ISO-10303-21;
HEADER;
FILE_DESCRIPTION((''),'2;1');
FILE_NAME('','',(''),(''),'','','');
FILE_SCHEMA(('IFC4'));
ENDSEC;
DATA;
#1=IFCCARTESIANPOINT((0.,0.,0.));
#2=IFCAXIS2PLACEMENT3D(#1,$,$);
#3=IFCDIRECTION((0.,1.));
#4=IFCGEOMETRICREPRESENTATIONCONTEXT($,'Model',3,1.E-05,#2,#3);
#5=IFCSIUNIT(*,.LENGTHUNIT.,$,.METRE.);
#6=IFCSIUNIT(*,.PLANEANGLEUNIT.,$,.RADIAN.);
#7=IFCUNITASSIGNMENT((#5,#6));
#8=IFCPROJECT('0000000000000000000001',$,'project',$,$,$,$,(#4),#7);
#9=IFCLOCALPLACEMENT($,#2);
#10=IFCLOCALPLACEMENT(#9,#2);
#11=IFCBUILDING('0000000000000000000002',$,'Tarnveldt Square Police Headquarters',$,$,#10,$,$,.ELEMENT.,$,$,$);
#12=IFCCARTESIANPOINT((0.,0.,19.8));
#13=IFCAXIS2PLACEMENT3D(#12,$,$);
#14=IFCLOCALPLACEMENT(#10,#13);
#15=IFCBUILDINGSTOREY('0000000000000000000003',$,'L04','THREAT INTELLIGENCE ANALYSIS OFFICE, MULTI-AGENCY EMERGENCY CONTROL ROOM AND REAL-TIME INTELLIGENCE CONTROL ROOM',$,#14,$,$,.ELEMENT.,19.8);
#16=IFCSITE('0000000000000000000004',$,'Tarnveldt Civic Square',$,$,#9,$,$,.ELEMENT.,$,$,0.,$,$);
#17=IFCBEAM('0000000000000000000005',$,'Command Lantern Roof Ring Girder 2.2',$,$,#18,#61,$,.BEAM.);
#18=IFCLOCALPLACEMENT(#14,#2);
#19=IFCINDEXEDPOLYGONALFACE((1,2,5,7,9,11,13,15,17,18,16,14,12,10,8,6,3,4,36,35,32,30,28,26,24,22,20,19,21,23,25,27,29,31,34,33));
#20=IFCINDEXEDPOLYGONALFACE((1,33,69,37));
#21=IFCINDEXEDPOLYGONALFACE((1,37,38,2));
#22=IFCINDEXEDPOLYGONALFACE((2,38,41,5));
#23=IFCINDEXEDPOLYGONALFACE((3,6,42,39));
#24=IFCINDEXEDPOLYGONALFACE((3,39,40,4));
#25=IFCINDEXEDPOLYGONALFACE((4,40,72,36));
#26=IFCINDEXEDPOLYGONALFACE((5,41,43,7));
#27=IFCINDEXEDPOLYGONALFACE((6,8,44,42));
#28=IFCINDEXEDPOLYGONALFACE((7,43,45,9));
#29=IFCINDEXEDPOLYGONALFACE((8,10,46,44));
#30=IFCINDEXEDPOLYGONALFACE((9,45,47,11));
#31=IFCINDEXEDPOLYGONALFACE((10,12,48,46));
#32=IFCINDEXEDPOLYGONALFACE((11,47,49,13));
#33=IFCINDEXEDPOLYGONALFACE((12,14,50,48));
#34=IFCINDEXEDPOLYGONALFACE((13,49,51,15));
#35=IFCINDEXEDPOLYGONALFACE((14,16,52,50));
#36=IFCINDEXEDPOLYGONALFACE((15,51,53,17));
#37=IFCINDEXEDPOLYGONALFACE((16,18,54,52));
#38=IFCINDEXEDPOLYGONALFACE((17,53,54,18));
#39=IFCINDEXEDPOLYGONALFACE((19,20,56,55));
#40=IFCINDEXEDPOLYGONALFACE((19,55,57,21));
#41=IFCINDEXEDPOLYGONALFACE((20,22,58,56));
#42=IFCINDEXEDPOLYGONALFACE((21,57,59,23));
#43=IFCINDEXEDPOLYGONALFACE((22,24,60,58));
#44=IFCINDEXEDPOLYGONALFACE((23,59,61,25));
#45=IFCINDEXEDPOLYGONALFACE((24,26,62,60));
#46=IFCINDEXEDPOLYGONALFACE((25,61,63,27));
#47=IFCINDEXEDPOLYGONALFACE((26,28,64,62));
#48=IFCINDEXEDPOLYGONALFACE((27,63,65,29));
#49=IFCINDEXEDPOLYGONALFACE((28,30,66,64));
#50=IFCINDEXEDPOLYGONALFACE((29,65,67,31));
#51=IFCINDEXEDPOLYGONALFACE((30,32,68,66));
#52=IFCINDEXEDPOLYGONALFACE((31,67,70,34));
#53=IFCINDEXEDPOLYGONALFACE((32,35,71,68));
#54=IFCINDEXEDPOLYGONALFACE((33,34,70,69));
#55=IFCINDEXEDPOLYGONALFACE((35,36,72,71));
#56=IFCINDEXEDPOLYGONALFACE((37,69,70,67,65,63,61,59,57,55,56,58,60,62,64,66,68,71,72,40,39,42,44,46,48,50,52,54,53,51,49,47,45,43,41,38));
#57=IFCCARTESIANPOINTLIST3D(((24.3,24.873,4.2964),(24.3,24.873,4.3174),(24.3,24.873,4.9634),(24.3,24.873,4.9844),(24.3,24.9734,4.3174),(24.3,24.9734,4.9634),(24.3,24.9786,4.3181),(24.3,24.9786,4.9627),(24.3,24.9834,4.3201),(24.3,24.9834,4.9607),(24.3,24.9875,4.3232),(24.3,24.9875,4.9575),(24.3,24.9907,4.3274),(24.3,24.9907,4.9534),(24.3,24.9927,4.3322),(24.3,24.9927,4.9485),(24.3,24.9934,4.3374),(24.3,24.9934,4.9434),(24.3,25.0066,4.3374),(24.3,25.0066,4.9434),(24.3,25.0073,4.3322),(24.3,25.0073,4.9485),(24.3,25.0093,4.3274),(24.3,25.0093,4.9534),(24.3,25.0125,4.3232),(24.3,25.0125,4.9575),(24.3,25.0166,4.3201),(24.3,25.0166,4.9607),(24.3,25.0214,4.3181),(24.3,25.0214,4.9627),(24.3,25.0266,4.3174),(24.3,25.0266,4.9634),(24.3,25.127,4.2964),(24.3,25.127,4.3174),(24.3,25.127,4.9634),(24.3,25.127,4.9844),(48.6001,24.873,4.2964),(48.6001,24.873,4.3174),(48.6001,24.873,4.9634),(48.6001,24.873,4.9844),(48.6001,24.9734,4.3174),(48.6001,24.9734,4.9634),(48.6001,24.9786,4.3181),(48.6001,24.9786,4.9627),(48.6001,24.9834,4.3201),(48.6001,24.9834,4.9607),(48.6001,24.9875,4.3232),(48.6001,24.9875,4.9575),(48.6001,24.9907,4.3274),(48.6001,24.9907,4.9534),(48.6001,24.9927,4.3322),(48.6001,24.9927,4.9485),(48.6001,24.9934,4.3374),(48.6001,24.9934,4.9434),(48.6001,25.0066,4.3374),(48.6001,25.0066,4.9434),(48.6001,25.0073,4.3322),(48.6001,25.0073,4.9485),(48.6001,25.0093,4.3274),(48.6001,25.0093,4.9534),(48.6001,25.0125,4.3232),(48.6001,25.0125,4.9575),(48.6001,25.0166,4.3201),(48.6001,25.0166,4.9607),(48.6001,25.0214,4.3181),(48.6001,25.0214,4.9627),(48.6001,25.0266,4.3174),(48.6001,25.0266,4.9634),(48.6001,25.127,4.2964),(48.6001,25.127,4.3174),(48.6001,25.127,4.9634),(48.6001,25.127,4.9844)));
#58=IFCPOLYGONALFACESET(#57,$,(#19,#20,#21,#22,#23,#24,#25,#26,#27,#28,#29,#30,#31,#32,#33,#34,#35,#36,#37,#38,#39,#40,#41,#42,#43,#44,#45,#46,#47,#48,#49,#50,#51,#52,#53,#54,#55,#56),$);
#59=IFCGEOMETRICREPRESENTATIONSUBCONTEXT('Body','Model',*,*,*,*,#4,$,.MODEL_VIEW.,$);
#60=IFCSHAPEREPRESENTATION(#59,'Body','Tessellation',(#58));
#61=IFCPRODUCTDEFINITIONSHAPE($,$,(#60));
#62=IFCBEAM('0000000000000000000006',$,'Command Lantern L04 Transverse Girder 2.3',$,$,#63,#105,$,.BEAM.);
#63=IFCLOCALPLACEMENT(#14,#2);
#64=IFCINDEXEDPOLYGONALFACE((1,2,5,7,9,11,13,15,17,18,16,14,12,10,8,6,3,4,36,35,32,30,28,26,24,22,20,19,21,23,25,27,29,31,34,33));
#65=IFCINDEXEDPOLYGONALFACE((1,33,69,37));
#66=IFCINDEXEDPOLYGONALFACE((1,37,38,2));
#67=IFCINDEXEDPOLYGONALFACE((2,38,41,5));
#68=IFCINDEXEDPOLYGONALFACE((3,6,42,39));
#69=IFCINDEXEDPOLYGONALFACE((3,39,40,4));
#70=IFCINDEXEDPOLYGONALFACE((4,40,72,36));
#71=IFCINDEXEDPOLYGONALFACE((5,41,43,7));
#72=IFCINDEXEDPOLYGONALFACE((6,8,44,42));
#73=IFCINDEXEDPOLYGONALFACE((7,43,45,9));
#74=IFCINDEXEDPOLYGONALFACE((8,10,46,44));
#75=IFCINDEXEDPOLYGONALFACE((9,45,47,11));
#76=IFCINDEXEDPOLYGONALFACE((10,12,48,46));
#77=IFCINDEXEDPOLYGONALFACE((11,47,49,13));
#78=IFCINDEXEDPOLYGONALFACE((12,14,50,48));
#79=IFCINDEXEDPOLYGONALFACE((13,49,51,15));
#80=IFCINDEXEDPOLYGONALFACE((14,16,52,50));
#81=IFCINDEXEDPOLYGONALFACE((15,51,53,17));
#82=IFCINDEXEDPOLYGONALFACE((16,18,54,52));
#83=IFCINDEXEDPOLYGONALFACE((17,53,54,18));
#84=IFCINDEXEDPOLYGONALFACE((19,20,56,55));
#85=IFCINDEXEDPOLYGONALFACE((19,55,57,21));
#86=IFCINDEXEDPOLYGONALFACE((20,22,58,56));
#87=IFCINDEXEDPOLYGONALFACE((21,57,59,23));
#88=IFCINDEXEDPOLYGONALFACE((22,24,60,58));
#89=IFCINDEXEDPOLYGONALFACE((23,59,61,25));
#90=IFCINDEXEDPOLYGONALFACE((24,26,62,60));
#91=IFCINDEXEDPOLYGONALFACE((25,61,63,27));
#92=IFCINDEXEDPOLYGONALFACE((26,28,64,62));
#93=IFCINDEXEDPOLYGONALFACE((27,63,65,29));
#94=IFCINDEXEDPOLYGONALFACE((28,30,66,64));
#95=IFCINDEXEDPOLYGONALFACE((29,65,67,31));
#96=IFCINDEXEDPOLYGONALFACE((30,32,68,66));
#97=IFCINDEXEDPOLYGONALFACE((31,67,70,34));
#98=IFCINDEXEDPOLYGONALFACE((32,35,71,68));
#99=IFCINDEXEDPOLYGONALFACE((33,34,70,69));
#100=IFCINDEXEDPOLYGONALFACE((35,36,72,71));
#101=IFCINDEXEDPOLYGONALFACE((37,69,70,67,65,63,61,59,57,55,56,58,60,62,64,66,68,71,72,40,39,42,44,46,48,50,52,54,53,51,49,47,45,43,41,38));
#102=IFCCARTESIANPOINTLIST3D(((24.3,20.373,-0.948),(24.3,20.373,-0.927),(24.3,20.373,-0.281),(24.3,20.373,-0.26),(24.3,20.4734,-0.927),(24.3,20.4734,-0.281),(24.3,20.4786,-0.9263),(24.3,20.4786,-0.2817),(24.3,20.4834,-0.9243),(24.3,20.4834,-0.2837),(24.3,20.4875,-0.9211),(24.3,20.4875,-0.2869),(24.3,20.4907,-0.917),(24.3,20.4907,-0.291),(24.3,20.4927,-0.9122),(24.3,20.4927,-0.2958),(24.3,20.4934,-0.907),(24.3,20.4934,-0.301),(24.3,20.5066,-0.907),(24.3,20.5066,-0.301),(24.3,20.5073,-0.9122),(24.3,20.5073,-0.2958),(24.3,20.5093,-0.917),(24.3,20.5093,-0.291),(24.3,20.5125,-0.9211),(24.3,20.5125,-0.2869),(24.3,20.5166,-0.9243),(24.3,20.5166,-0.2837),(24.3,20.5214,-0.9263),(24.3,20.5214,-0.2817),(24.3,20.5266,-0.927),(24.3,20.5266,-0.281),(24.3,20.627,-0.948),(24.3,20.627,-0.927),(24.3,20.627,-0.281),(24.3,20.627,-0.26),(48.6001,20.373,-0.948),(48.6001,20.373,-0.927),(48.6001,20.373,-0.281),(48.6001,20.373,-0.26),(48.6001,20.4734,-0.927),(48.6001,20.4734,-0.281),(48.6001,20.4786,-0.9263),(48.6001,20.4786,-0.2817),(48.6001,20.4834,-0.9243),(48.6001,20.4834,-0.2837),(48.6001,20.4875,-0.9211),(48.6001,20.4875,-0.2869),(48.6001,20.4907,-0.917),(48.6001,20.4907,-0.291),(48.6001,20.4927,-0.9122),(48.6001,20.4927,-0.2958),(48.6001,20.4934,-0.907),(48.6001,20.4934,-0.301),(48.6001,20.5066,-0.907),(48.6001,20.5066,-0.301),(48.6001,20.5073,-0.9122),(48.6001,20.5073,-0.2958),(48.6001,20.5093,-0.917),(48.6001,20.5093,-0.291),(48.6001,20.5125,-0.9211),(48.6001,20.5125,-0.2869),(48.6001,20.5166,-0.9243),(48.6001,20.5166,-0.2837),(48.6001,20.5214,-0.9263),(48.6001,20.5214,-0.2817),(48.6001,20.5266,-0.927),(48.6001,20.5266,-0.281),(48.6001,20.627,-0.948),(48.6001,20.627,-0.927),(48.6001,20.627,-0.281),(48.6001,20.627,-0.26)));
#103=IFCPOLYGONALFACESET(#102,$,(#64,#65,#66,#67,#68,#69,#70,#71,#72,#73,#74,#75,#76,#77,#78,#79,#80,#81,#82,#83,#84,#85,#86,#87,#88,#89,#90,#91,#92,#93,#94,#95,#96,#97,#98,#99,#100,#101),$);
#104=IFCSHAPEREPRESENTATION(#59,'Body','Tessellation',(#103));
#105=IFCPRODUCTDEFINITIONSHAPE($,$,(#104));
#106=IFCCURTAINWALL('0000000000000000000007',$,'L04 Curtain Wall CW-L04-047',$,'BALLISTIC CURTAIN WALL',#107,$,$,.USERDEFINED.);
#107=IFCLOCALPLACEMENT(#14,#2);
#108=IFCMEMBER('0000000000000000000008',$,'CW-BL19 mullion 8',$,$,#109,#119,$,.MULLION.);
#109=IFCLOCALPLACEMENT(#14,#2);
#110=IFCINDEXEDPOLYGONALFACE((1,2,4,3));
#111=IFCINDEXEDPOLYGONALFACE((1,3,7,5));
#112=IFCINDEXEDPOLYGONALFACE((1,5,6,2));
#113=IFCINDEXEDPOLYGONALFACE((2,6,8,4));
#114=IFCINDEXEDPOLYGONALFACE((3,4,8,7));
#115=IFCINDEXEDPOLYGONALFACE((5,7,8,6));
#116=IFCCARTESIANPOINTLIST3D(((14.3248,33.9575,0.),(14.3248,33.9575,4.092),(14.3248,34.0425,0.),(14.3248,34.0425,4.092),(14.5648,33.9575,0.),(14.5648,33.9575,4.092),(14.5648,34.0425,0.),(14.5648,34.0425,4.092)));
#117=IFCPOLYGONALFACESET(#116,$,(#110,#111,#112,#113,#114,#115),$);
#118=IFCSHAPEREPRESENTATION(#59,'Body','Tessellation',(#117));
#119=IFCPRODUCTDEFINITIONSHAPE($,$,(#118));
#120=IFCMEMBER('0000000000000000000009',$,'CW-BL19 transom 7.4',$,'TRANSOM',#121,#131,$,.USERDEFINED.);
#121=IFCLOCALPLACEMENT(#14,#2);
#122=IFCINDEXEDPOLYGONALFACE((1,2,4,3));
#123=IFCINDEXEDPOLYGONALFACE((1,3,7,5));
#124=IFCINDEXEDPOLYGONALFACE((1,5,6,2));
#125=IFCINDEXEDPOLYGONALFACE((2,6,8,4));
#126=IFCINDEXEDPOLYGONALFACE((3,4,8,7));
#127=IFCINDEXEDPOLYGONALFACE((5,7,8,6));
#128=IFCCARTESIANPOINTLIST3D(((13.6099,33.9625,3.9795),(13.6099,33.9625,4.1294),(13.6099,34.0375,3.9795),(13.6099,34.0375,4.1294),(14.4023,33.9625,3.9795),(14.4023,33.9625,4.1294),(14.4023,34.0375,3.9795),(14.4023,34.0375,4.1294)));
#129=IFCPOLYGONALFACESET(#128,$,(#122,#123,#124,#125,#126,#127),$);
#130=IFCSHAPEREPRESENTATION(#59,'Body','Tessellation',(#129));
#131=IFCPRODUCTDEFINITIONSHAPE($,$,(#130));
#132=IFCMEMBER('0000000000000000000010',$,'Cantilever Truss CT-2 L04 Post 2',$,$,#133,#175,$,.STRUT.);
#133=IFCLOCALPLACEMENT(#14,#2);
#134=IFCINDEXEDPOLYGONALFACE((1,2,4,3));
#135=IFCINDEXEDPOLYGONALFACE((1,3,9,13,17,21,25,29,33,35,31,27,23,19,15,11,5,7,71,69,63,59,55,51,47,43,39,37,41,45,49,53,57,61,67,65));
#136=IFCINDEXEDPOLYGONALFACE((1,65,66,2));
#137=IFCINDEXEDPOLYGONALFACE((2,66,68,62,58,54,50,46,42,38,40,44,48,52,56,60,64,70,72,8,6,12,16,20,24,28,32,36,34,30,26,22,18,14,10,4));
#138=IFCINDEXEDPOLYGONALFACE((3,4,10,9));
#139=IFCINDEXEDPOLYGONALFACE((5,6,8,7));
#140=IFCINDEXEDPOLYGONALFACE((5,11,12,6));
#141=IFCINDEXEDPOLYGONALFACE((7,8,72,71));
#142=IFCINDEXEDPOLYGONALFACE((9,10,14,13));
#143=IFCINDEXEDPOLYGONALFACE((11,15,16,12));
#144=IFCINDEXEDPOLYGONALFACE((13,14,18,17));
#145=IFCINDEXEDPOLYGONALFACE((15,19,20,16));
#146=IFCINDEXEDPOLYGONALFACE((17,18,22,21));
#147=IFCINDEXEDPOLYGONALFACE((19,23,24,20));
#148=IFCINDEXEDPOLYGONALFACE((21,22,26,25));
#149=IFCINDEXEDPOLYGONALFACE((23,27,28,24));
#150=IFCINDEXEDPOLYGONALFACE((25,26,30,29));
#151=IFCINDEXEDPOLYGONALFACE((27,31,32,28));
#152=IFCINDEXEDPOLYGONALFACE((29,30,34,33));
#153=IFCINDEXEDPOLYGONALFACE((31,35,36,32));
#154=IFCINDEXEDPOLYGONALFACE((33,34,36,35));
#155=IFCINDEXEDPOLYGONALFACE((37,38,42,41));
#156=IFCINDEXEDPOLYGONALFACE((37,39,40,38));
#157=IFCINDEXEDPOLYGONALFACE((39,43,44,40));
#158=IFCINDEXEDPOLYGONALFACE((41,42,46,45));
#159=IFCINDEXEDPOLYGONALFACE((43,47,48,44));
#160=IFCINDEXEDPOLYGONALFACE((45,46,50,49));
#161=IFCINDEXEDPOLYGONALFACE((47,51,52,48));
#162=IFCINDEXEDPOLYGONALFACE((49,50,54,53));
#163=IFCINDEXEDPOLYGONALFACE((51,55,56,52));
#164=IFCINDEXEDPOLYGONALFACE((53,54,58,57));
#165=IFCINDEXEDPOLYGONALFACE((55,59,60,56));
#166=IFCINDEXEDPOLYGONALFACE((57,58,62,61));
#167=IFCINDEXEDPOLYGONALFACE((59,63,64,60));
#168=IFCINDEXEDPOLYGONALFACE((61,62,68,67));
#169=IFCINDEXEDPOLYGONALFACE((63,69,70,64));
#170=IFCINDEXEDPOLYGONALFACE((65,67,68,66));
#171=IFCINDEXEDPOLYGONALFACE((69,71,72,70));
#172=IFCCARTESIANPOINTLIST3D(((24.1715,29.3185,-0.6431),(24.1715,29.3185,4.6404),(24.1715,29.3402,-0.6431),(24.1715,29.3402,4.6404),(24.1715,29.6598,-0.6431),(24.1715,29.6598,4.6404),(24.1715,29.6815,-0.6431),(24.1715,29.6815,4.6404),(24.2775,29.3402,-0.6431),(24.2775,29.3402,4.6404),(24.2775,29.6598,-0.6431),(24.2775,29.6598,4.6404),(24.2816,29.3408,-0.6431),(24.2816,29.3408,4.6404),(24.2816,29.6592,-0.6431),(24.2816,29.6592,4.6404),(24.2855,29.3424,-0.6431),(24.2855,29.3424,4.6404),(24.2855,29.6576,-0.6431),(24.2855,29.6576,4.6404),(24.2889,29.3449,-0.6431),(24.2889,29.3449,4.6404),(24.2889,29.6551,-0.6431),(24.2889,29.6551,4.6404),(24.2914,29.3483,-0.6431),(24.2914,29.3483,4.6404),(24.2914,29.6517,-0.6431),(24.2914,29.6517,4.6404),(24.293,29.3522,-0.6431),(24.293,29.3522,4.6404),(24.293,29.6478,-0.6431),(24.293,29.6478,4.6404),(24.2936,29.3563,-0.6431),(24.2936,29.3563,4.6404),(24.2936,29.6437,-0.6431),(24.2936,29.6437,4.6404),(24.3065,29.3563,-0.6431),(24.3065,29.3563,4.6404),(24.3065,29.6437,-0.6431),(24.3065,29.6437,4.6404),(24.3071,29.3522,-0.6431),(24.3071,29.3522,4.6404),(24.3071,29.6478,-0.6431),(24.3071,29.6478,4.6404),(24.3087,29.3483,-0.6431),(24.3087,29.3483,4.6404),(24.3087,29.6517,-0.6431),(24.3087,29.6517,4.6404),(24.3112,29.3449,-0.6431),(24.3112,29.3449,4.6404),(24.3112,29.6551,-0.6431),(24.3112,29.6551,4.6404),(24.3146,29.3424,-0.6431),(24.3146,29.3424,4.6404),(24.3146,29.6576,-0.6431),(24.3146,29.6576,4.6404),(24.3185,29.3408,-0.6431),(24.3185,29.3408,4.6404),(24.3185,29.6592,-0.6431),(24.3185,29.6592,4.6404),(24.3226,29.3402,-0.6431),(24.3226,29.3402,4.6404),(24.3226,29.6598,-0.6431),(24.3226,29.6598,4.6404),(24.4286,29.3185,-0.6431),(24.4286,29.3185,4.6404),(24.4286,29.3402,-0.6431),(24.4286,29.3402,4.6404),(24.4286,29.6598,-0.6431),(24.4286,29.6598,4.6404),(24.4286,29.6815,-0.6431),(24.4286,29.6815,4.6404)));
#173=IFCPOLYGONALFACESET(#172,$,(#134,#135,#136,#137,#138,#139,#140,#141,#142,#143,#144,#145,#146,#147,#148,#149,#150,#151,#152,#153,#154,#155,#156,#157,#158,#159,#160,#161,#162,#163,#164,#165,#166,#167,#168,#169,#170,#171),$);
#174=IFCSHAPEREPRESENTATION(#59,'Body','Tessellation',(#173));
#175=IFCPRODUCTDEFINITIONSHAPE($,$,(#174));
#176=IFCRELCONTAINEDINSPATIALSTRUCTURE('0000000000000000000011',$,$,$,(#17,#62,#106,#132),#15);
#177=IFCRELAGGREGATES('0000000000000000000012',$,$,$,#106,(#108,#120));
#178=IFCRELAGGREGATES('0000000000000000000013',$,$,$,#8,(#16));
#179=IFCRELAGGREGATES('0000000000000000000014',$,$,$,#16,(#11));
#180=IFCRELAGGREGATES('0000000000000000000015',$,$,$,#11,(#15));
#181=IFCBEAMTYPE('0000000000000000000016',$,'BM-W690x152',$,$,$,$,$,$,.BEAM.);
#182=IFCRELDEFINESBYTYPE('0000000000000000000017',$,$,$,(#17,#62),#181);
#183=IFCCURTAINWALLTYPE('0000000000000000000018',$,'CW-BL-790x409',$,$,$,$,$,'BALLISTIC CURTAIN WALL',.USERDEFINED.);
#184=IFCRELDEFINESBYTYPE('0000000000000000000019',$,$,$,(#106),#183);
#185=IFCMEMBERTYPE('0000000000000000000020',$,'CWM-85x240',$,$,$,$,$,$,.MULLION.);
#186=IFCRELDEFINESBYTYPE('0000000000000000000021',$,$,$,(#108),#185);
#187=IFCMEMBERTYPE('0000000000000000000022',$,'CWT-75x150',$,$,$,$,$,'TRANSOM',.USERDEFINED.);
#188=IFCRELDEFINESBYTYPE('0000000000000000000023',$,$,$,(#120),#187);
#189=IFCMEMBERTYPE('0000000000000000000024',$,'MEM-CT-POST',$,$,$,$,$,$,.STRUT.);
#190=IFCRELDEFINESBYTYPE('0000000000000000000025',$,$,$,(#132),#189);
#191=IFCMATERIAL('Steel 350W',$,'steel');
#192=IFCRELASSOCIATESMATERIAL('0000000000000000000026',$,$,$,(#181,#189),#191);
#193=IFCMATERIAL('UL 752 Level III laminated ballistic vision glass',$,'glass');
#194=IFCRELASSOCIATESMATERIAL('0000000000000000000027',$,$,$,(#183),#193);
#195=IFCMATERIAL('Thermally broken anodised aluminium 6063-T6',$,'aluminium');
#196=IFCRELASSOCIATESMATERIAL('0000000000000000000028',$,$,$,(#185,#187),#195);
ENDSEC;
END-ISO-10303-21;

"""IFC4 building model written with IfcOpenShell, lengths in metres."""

from ifc_helpers import new_model, si_unit, direction, frame, origin, origin_2d, place, context, subcontext, project, spatial, rectangle, i_section, extrude, material, material_profile, profile_set, type_object, element, aggregate, save


model = new_model("IFC4")

# Units and contexts
model_context = context("Model", 3, precision=1e-05, world=origin(), true_north=direction((0.0, 1.0)))
body_context = subcontext(model_context, "Body", "Model", "MODEL_VIEW")
ifc_project = project(units=[si_unit("LENGTHUNIT", "METRE"), si_unit("PLANEANGLEUNIT", "RADIAN")], contexts=[model_context])

# Site, building, storey
site_placement = place(None, origin())
site = spatial("IfcSite", under=ifc_project, at=site_placement, Name="Tarnveldt Civic Square", CompositionType="ELEMENT", RefElevation=0.0)
building_placement = place(site_placement, origin())
building = spatial("IfcBuilding", under=site, at=building_placement, Name="Tarnveldt Square Police Headquarters", CompositionType="ELEMENT")
storey_placement = place(building_placement, frame((0.0, 0.0, 19.8)))
storey = spatial("IfcBuildingStorey", under=building, at=storey_placement, Name="L04", Description="THREAT INTELLIGENCE ANALYSIS OFFICE, MULTI-AGENCY EMERGENCY CONTROL ROOM AND REAL-TIME INTELLIGENCE CONTROL ROOM", CompositionType="ELEMENT", Elevation=19.8)

# Beams
ifc_material_1 = material(Name="Steel 350W", Category="steel")
ifc_material_profile_1 = material_profile(ifc_material_1, i_section(OverallWidth=0.2539, OverallDepth=0.688, WebThickness=0.0132, FlangeThickness=0.021, FilletRadius=0.02, at=origin_2d()), Name="W690x152")
ifc_profile_set_1 = profile_set([ifc_material_profile_1], Name="Steel 350W")
beam_type_1 = type_object("IfcBeamType", Name="BM-W690x152", PredefinedType="BEAM", material=ifc_profile_set_1)
for number, where, z_axis, x_axis, name in (
    (1, (24.3, 25.0, 4.6404), (1.0, 0.0, 0.0), (0.0, 1.0, 0.0), "Command Lantern Roof Ring Girder 2.2"),
    (2, (24.3, 20.5, -0.604), (1.0, 0.0, 0.0), (0.0, 1.0, 0.0), "Command Lantern L04 Transverse Girder 2.3"),
):
    element("IfcBeam", number, at=place(storey_placement, frame(where, z_axis=z_axis, x_axis=x_axis)), inside=storey, type_object=beam_type_1, Name=name, PredefinedType="BEAM", context=body_context, shape_type="SweptSolid", body=[
        extrude(i_section(OverallWidth=0.2539, OverallDepth=0.688, WebThickness=0.0132, FlangeThickness=0.021, FilletRadius=0.02, at=origin_2d()), origin(), (0.0, 0.0, 1.0), 24.3),
    ])

# Curtain wall, members
ifc_material_2 = material(Name="UL 752 Level III laminated ballistic vision glass", Category="glass")
curtain_wall_type = type_object("IfcCurtainWallType", Name="CW-BL-790x409", ElementType="BALLISTIC CURTAIN WALL", PredefinedType="USERDEFINED", material=ifc_material_2)
curtain_wall_placement = place(storey_placement, origin())
curtain_wall = element("IfcCurtainWall", 3, at=curtain_wall_placement, inside=storey, type_object=curtain_wall_type, Name="L04 Curtain Wall CW-L04-047", ObjectType="BALLISTIC CURTAIN WALL", PredefinedType="USERDEFINED")
ifc_material_3 = material(Name="Thermally broken anodised aluminium 6063-T6", Category="aluminium")
ifc_material_profile_2 = material_profile(ifc_material_3, rectangle(XDim=0.085, YDim=0.24, at=origin_2d()), Name="CW-M85x240")
ifc_profile_set_2 = profile_set([ifc_material_profile_2], Name="Thermally broken anodised aluminium 6063-T6")
member_type_1 = type_object("IfcMemberType", Name="CWM-85x240", PredefinedType="MULLION", material=ifc_profile_set_2)
member_1_placement = place(storey_placement, frame((14.4448, 34.0, 0.0), z_axis=(0.0, 0.0, 1.0), x_axis=(0.0, 1.0, 0.0)))
member_1 = element("IfcMember", 4, at=member_1_placement, type_object=member_type_1, Name="CW-BL19 mullion 8", PredefinedType="MULLION", context=body_context, shape_type="SweptSolid", body=[
    extrude(rectangle(XDim=0.085, YDim=0.24, at=origin_2d()), origin(), (0.0, 0.0, 1.0), 4.092),
])
ifc_material_profile_3 = material_profile(ifc_material_3, rectangle(XDim=0.075, YDim=0.1499, at=origin_2d()), Name="CW-T75x150")
ifc_profile_set_3 = profile_set([ifc_material_profile_3], Name="Thermally broken anodised aluminium 6063-T6")
member_type_2 = type_object("IfcMemberType", Name="CWT-75x150", ElementType="TRANSOM", PredefinedType="USERDEFINED", material=ifc_profile_set_3)
member_2_placement = place(storey_placement, frame((13.6099, 34.0, 4.0544), z_axis=(1.0, 0.0, 0.0), x_axis=(0.0, 1.0, 0.0)))
member_2 = element("IfcMember", 5, at=member_2_placement, type_object=member_type_2, Name="CW-BL19 transom 7.4", ObjectType="TRANSOM", PredefinedType="USERDEFINED", context=body_context, shape_type="SweptSolid", body=[
    extrude(rectangle(XDim=0.075, YDim=0.1499, at=origin_2d()), origin(), (0.0, 0.0, 1.0), 0.7925),
])

# Member
ifc_material_profile_4 = material_profile(ifc_material_1, i_section(OverallWidth=0.2571, OverallDepth=0.363, WebThickness=0.0129, FlangeThickness=0.0217, FilletRadius=0.0161, at=origin_2d()), Name="W360x122")
ifc_profile_set_4 = profile_set([ifc_material_profile_4], Name="Steel 350W")
member_type_3 = type_object("IfcMemberType", Name="MEM-CT-POST", PredefinedType="STRUT", material=ifc_profile_set_4)
for number, where, z_axis, x_axis, name in (
    (6, (24.3, 29.5, -0.6431), (0.0, 0.0, 1.0), (1.0, 0.0, 0.0), "Cantilever Truss CT-2 L04 Post 2"),
):
    element("IfcMember", number, at=place(storey_placement, frame(where, z_axis=z_axis, x_axis=x_axis)), inside=storey, type_object=member_type_3, Name=name, PredefinedType="STRUT", context=body_context, shape_type="SweptSolid", body=[
        extrude(i_section(OverallWidth=0.2571, OverallDepth=0.363, WebThickness=0.0129, FlangeThickness=0.0217, FilletRadius=0.0161, at=origin_2d()), origin(), (0.0, 0.0, 1.0), 5.2834),
    ])

aggregate(curtain_wall, [member_1, member_2])

save(model, "model.ifc")
